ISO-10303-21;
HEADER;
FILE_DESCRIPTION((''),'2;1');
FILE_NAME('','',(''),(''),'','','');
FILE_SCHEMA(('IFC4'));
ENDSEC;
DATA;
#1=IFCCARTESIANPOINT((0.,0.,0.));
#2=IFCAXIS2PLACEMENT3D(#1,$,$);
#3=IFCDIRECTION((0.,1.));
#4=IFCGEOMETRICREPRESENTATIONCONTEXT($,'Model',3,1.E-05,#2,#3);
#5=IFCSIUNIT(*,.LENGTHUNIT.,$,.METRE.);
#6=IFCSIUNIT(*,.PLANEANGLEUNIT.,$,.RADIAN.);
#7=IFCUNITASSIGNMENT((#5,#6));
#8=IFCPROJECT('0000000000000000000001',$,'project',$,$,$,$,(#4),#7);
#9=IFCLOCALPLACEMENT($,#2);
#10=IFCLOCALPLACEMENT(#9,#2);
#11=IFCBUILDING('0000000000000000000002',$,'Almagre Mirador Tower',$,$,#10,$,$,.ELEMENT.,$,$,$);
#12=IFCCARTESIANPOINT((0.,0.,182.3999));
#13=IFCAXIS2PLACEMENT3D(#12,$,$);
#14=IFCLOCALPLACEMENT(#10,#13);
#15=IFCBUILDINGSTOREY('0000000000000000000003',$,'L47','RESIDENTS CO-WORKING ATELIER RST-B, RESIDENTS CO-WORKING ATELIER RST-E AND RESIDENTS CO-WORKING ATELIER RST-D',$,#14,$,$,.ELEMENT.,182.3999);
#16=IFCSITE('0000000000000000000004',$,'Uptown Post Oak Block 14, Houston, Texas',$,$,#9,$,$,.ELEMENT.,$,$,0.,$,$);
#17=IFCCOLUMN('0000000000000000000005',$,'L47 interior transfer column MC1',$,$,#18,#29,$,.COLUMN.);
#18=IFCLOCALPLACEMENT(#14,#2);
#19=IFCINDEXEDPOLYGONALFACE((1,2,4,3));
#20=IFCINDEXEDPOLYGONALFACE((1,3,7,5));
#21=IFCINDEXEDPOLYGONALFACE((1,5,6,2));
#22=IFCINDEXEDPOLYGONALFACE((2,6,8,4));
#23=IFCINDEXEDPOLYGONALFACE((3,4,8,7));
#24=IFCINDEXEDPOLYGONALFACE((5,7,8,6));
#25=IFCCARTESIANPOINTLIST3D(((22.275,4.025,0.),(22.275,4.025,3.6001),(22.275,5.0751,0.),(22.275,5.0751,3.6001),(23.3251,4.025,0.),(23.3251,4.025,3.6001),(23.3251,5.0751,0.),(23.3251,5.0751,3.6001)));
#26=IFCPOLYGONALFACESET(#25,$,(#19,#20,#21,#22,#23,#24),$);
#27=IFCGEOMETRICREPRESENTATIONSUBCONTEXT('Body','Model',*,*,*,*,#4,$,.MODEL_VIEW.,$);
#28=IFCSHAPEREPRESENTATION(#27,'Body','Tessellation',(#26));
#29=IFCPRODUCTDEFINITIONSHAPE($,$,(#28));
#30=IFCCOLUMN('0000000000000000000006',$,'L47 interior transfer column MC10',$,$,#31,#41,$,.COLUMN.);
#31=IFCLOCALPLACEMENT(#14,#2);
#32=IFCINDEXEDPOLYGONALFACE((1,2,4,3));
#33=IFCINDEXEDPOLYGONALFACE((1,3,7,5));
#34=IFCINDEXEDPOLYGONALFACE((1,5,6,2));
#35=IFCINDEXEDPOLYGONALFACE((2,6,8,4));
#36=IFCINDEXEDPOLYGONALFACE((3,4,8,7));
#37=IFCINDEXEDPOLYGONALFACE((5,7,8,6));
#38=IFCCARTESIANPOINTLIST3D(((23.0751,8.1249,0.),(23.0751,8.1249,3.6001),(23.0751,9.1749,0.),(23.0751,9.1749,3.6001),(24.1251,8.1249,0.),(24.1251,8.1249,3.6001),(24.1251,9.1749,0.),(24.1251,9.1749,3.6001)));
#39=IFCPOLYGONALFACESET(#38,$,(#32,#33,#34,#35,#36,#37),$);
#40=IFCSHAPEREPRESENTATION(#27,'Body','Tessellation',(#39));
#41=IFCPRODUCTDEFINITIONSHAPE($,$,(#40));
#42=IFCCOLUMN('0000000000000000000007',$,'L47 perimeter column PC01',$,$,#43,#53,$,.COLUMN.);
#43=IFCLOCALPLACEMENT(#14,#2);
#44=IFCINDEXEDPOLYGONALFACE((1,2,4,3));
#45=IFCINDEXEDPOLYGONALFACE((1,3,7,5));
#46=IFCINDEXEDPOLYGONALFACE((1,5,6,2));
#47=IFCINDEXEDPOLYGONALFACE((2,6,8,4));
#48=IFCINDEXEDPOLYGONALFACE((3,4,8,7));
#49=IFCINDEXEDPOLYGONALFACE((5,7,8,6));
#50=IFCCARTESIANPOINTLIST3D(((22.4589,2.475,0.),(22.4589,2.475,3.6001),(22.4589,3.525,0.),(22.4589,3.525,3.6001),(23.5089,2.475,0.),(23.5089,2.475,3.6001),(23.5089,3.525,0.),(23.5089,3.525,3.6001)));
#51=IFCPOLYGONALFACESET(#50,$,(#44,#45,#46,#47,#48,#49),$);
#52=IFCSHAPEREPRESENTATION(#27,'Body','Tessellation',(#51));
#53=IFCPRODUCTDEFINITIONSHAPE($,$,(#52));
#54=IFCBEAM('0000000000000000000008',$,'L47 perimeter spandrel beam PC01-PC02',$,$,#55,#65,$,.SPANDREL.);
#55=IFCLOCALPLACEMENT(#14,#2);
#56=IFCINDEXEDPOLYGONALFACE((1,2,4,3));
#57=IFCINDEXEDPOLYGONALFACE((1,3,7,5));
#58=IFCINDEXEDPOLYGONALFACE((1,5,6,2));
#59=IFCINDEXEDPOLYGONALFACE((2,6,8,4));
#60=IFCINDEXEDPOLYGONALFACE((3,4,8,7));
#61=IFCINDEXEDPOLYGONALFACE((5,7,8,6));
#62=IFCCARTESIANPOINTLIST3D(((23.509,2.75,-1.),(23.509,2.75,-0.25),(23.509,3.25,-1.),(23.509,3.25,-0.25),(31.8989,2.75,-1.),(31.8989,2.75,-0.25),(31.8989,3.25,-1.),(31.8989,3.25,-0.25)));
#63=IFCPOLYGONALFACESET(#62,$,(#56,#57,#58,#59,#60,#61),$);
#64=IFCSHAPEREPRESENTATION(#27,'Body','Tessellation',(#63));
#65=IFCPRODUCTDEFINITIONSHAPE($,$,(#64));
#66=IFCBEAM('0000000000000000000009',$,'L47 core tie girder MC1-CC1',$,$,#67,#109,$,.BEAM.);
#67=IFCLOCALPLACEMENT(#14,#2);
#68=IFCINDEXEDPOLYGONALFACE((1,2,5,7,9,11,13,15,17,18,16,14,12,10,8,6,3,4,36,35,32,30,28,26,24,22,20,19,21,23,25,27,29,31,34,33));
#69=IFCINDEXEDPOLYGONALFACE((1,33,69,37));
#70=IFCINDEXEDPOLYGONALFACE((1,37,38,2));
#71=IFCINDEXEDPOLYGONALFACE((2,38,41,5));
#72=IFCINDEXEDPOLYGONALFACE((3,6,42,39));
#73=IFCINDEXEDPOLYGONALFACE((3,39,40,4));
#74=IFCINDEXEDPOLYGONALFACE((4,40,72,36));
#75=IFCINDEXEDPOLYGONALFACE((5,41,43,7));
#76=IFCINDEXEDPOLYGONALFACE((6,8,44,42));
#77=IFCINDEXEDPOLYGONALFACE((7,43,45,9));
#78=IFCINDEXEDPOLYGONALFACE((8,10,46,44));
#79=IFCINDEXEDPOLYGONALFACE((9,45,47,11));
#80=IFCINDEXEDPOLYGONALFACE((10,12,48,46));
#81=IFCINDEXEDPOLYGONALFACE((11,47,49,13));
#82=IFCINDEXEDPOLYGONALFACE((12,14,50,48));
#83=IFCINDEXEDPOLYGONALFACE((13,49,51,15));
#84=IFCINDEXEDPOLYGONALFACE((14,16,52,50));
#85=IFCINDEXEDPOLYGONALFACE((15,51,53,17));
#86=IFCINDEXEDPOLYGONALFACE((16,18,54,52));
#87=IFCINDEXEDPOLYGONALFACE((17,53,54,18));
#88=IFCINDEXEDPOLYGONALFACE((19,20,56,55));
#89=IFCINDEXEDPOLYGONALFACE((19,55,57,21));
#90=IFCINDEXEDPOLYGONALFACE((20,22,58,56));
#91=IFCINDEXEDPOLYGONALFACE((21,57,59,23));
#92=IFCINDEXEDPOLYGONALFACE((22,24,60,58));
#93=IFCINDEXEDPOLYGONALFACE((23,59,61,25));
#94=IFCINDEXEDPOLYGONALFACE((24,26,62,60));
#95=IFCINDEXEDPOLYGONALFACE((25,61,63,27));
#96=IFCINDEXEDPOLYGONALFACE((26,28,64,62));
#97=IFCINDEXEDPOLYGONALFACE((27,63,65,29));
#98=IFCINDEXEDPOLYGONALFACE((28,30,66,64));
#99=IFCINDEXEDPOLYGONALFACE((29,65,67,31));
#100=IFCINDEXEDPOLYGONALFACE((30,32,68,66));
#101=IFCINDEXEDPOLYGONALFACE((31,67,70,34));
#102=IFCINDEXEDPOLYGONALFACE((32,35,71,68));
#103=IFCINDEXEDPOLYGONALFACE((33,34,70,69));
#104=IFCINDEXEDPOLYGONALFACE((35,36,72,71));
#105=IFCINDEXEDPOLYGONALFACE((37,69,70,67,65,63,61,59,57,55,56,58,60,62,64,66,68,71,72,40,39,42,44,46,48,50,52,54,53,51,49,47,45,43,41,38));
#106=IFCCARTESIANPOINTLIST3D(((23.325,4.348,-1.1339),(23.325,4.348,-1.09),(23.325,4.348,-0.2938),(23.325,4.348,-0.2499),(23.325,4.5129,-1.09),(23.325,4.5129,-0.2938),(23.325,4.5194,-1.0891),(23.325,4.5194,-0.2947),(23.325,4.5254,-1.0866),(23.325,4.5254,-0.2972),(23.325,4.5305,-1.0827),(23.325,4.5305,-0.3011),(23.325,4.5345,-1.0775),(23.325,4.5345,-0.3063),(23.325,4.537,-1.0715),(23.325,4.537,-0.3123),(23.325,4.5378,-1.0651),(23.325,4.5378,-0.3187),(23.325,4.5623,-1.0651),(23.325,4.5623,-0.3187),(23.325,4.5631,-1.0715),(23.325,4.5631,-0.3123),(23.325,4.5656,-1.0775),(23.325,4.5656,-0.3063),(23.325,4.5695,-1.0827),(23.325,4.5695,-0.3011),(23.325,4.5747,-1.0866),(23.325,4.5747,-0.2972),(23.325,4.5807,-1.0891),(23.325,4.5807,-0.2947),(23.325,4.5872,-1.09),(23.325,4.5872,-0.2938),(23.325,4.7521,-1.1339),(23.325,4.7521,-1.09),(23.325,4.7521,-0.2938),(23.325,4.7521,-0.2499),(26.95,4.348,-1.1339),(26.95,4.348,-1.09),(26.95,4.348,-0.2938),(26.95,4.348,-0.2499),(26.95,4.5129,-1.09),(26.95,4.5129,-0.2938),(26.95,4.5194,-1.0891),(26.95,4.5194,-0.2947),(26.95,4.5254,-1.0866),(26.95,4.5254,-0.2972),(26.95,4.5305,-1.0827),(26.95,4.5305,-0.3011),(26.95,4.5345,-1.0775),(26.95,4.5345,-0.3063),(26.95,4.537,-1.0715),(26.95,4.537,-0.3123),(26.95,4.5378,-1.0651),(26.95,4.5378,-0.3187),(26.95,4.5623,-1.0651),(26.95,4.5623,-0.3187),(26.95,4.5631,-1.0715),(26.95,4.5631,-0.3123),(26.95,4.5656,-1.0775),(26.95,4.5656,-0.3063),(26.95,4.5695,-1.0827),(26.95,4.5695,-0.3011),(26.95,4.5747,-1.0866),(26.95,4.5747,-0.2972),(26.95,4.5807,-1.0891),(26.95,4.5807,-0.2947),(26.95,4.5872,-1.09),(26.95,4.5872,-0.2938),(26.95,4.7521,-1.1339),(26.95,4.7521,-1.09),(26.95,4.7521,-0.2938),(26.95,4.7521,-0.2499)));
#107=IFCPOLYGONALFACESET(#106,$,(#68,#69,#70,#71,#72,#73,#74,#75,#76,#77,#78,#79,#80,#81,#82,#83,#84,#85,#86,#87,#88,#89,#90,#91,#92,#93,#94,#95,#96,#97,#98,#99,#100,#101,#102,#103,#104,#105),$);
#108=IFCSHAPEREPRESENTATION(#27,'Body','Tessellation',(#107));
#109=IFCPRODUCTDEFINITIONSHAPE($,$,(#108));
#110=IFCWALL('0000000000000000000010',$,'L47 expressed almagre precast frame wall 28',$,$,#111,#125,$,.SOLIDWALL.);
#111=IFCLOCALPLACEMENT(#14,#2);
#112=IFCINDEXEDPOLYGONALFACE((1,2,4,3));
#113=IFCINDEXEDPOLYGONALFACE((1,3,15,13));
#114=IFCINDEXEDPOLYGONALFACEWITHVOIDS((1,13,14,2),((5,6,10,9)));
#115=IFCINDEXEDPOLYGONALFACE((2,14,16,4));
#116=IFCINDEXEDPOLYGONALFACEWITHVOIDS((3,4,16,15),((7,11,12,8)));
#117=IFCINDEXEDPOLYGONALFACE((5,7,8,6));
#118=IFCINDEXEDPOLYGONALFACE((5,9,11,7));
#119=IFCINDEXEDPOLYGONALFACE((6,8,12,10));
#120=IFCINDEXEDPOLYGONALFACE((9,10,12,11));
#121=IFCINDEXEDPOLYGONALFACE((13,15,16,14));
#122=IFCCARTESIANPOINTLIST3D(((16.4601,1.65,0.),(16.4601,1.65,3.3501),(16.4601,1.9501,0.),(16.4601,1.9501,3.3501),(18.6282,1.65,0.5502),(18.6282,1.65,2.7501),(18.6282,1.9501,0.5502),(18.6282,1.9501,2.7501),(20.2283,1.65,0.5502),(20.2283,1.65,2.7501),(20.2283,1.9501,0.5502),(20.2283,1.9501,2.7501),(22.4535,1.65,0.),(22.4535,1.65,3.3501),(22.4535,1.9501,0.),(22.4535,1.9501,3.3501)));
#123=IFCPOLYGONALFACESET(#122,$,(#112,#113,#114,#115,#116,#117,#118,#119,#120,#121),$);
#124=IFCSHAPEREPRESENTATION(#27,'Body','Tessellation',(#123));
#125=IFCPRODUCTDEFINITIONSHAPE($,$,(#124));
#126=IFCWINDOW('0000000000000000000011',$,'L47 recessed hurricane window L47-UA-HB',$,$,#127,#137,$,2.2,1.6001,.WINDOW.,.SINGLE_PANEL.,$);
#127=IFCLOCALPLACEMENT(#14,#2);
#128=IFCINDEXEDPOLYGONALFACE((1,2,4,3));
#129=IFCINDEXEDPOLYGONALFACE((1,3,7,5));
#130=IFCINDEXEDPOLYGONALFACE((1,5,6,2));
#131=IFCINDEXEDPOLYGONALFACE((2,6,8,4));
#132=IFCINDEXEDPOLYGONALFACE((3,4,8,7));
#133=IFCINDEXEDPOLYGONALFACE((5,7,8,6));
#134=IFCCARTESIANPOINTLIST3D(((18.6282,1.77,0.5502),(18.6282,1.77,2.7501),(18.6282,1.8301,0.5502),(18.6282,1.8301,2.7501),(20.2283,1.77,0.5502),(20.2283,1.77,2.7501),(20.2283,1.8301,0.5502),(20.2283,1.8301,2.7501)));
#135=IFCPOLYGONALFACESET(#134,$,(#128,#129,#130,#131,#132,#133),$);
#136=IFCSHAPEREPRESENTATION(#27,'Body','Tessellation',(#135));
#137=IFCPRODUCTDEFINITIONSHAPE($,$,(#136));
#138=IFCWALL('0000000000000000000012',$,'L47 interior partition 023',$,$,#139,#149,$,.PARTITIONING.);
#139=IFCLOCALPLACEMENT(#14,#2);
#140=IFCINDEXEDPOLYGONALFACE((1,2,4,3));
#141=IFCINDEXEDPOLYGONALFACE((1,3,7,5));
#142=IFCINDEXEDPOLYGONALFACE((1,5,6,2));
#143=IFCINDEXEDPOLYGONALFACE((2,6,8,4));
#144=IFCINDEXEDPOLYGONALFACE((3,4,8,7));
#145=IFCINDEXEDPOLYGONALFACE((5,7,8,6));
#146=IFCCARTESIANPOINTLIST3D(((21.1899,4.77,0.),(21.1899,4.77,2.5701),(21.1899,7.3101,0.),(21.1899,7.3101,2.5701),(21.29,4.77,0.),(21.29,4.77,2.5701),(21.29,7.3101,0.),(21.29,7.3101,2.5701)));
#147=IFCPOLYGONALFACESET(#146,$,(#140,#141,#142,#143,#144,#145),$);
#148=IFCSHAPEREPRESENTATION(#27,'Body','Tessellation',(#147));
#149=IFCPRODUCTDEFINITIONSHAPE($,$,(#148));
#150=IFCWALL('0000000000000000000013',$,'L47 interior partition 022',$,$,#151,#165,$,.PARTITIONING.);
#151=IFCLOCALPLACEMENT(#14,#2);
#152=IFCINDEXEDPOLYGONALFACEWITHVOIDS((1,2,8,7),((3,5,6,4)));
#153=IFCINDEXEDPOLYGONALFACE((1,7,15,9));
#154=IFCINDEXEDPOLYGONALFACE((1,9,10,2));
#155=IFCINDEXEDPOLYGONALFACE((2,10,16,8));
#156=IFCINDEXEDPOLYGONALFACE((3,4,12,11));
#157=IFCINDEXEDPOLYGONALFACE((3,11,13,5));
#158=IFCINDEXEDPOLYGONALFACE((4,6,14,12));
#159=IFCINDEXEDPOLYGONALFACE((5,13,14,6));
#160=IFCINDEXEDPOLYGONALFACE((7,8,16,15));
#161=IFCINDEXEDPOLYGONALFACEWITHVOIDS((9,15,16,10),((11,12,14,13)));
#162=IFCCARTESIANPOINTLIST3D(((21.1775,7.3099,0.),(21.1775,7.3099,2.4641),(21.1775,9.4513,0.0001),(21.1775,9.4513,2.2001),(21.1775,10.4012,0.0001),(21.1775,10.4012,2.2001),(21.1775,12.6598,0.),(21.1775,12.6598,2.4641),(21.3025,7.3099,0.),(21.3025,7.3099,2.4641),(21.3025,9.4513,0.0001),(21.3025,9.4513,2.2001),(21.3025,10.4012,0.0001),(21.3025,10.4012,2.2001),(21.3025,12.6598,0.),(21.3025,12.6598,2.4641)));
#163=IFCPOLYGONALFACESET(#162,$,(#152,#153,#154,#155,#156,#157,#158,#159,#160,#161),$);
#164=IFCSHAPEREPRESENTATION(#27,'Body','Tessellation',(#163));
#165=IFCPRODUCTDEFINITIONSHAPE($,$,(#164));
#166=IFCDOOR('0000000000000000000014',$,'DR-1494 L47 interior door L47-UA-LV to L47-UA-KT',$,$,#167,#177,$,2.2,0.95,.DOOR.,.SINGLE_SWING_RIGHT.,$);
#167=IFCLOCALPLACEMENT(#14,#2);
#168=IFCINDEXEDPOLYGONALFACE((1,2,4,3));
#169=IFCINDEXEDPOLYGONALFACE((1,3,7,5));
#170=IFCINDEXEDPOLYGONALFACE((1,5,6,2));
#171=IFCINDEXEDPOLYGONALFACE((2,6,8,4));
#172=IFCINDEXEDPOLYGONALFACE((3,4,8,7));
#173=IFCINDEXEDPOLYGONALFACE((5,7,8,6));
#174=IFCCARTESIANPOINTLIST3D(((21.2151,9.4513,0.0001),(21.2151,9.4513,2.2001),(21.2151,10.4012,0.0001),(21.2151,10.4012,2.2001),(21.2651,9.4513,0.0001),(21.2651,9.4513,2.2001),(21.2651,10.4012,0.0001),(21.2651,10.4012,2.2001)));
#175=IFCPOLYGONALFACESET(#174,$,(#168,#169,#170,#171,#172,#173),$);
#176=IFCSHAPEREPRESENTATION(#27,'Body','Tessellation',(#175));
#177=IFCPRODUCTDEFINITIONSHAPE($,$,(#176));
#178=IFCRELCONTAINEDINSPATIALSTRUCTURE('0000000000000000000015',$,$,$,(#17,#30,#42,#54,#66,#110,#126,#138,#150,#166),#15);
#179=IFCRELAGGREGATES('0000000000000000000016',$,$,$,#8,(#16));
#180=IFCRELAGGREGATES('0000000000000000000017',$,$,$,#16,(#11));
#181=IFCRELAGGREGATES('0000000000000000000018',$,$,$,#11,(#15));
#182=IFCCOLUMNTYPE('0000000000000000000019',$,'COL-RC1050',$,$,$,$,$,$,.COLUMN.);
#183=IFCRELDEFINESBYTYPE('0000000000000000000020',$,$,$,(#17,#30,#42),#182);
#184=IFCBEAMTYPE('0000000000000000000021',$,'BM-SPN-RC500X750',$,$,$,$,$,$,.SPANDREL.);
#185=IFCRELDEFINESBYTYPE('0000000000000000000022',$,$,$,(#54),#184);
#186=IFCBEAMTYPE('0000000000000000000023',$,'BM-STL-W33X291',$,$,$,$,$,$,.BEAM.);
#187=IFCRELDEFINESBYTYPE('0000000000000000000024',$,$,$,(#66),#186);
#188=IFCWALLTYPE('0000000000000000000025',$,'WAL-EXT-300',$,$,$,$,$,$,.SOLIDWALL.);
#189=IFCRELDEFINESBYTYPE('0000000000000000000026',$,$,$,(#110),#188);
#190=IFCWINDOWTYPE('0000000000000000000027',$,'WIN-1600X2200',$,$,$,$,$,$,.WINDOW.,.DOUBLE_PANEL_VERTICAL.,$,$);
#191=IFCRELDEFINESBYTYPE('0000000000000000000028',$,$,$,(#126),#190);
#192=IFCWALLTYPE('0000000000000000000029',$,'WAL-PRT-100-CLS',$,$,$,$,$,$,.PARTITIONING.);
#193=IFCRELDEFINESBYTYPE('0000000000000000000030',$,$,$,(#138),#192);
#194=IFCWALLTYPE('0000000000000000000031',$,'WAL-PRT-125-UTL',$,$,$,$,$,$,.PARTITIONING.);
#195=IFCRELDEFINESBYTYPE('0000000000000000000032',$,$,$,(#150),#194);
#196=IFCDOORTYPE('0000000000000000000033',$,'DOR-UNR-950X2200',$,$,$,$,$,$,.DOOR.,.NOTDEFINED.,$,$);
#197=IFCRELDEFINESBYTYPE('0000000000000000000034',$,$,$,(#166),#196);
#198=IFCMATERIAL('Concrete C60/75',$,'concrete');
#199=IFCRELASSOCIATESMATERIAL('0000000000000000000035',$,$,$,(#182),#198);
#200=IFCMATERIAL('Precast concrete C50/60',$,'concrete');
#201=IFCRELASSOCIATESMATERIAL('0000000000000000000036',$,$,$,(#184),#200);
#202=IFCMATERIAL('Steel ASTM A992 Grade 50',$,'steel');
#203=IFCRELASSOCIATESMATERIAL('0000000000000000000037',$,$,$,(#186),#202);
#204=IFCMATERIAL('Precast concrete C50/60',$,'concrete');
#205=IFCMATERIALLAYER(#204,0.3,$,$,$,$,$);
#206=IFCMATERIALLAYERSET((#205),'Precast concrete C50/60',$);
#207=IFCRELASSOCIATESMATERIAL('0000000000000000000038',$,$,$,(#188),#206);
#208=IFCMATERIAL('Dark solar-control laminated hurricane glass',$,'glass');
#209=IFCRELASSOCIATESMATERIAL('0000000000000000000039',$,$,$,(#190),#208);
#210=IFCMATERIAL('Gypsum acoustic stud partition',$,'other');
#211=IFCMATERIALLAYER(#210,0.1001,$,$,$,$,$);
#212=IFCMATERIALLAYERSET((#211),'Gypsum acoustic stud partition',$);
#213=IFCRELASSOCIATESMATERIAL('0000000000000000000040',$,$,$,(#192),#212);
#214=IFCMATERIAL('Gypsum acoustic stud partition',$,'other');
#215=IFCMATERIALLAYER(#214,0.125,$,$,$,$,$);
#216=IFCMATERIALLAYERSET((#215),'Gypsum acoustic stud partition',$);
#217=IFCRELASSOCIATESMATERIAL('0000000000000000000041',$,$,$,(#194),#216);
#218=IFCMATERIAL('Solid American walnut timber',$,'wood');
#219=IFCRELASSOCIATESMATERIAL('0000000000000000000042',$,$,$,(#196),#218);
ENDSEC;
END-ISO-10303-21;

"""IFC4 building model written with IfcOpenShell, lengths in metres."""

from ifc_helpers import new_model, si_unit, direction, frame, frame_2d, origin, origin_2d, place, context, subcontext, project, spatial, rectangle, i_section, extrude, material, layer, layer_set, material_profile, profile_set, type_object, element, fill, save


model = new_model("IFC4")

# Units and contexts
model_context = context("Model", 3, precision=1e-05, world=origin(), true_north=direction((0.0, 1.0)))
body_context = subcontext(model_context, "Body", "Model", "MODEL_VIEW")
ifc_project = project(units=[si_unit("LENGTHUNIT", "METRE"), si_unit("PLANEANGLEUNIT", "RADIAN")], contexts=[model_context])

# Site, building, storey
site_placement = place(None, origin())
site = spatial("IfcSite", under=ifc_project, at=site_placement, Name="Uptown Post Oak Block 14, Houston, Texas", CompositionType="ELEMENT", RefElevation=0.0)
building_placement = place(site_placement, origin())
building = spatial("IfcBuilding", under=site, at=building_placement, Name="Almagre Mirador Tower", CompositionType="ELEMENT")
storey_placement = place(building_placement, frame((0.0, 0.0, 182.3999)))
storey = spatial("IfcBuildingStorey", under=building, at=storey_placement, Name="L47", Description="RESIDENTS CO-WORKING ATELIER RST-B, RESIDENTS CO-WORKING ATELIER RST-E AND RESIDENTS CO-WORKING ATELIER RST-D", CompositionType="ELEMENT", Elevation=182.3999)

# Columns
ifc_material_1 = material(Name="Concrete C60/75", Category="concrete")
ifc_material_profile_1 = material_profile(ifc_material_1, rectangle(XDim=1.05, YDim=1.05, at=origin_2d()), Name="RC1050X1050")
ifc_profile_set_1 = profile_set([ifc_material_profile_1], Name="Concrete C60/75")
column_type = type_object("IfcColumnType", Name="COL-RC1050", PredefinedType="COLUMN", material=ifc_profile_set_1)
for number, where, z_axis, x_axis, name in (
    (1, (22.8, 4.55, 0.0), (0.0, 0.0, 1.0), (1.0, 0.0, 0.0), "L47 interior transfer column MC1"),
    (2, (23.6001, 8.6499, 0.0), (0.0, 0.0, 1.0), (1.0, 0.0, 0.0), "L47 interior transfer column MC10"),
    (3, (22.9839, 3.0, 0.0), (0.0, 0.0, 1.0), (1.0, 0.0, 0.0), "L47 perimeter column PC01"),
):
    element("IfcColumn", number, at=place(storey_placement, frame(where, z_axis=z_axis, x_axis=x_axis)), inside=storey, type_object=column_type, Name=name, PredefinedType="COLUMN", context=body_context, shape_type="SweptSolid", body=[
        extrude(rectangle(XDim=1.05, YDim=1.05, at=origin_2d()), origin(), (0.0, 0.0, 1.0), 3.6001),
    ])

# Beams
ifc_material_2 = material(Name="Precast concrete C50/60", Category="concrete")
ifc_material_profile_2 = material_profile(ifc_material_2, rectangle(XDim=0.5, YDim=0.75, at=origin_2d()), Name="RC500X750")
ifc_profile_set_2 = profile_set([ifc_material_profile_2], Name="Precast concrete C50/60")
beam_type_1 = type_object("IfcBeamType", Name="BM-SPN-RC500X750", PredefinedType="SPANDREL", material=ifc_profile_set_2)
beam_1_placement = place(storey_placement, frame((23.509, 3.0, -0.625), z_axis=(1.0, 0.0, 0.0), x_axis=(0.0, 1.0, 0.0)))
element("IfcBeam", 4, at=beam_1_placement, inside=storey, type_object=beam_type_1, Name="L47 perimeter spandrel beam PC01-PC02", PredefinedType="SPANDREL", context=body_context, shape_type="SweptSolid", body=[
    extrude(rectangle(XDim=0.5, YDim=0.75, at=origin_2d()), origin(), (0.0, 0.0, 1.0), 8.3899),
])
ifc_material_3 = material(Name="Steel ASTM A992 Grade 50", Category="steel")
ifc_material_profile_3 = material_profile(ifc_material_3, i_section(OverallWidth=0.4041, OverallDepth=0.884, WebThickness=0.0244, FlangeThickness=0.0439, FilletRadius=0.0249, at=origin_2d()), Name="W33X291")
ifc_profile_set_3 = profile_set([ifc_material_profile_3], Name="Steel ASTM A992 Grade 50")
beam_type_2 = type_object("IfcBeamType", Name="BM-STL-W33X291", PredefinedType="BEAM", material=ifc_profile_set_3)
beam_2_placement = place(storey_placement, frame((23.325, 4.55, -0.6919), z_axis=(1.0, 0.0, 0.0), x_axis=(0.0, 1.0, 0.0)))
element("IfcBeam", 5, at=beam_2_placement, inside=storey, type_object=beam_type_2, Name="L47 core tie girder MC1-CC1", PredefinedType="BEAM", context=body_context, shape_type="SweptSolid", body=[
    extrude(i_section(OverallWidth=0.4041, OverallDepth=0.884, WebThickness=0.0244, FlangeThickness=0.0439, FilletRadius=0.0249, at=origin_2d()), origin(), (0.0, 0.0, 1.0), 3.625),
])

# Wall, opening, window
ifc_material_4 = material(Name="Precast concrete C50/60", Category="concrete")
ifc_layer_1 = layer(ifc_material_4, 0.3)
ifc_layer_set_1 = layer_set([ifc_layer_1], Name="Precast concrete C50/60")
wall_type_1 = type_object("IfcWallType", Name="WAL-EXT-300", PredefinedType="SOLIDWALL", material=ifc_layer_set_1)
wall_1_placement = place(storey_placement, frame((22.4534, 1.8, 0.0), z_axis=(0.0, 0.0, 1.0), x_axis=(-1.0, 0.0, 0.0)))
wall_1 = element("IfcWall", 6, at=wall_1_placement, inside=storey, type_object=wall_type_1, Name="L47 expressed almagre precast frame wall 28", PredefinedType="SOLIDWALL", context=body_context, shape_type="SweptSolid", body=[
    extrude(rectangle(XDim=5.9934, YDim=0.3, at=frame_2d((2.9966, 0.0))), origin(), (0.0, 0.0, 1.0), 3.3501),
])
opening_1_placement = place(wall_1_placement, frame((2.2251, 0.0, 0.55)))
opening_1 = element("IfcOpeningElement", 7, at=opening_1_placement, cuts=wall_1, PredefinedType="OPENING", context=body_context, shape_type="SweptSolid", body=[
    extrude(rectangle(XDim=1.6001, YDim=2.2, at=frame_2d((0.8, 1.1001))), frame((0.0, 0.1599, 0.0), z_axis=(0.0, -1.0, 0.0), x_axis=(1.0, 0.0, 0.0)), (0.0, 0.0, 1.0), 0.32),
])
ifc_material_5 = material(Name="Dark solar-control laminated hurricane glass", Category="glass")
window_type = type_object("IfcWindowType", Name="WIN-1600X2200", PartitioningType="DOUBLE_PANEL_VERTICAL", PredefinedType="WINDOW", material=ifc_material_5)
window_placement = place(opening_1_placement, origin())
window = element("IfcWindow", 8, at=window_placement, inside=storey, type_object=window_type, Name="L47 recessed hurricane window L47-UA-HB", OverallHeight=2.2, OverallWidth=1.6001, PartitioningType="SINGLE_PANEL", PredefinedType="WINDOW", context=body_context, shape_type="SweptSolid", body=[
    extrude(rectangle(XDim=1.6001, YDim=2.2, at=frame_2d((0.8, 1.1001))), frame((0.0, 0.03, 0.0), z_axis=(0.0, -1.0, 0.0), x_axis=(1.0, 0.0, 0.0)), (0.0, 0.0, 1.0), 0.0601),
])
fill(opening_1, window)

# Wall
ifc_material_6 = material(Name="Gypsum acoustic stud partition", Category="other")
ifc_layer_2 = layer(ifc_material_6, 0.1001)
ifc_layer_set_2 = layer_set([ifc_layer_2], Name="Gypsum acoustic stud partition")
wall_type_2 = type_object("IfcWallType", Name="WAL-PRT-100-CLS", PredefinedType="PARTITIONING", material=ifc_layer_set_2)
wall_2_placement = place(storey_placement, frame((21.24, 4.77, 0.0), z_axis=(0.0, 0.0, 1.0), x_axis=(0.0, 1.0, 0.0)))
element("IfcWall", 9, at=wall_2_placement, inside=storey, type_object=wall_type_2, Name="L47 interior partition 023", PredefinedType="PARTITIONING", context=body_context, shape_type="SweptSolid", body=[
    extrude(rectangle(XDim=2.54, YDim=0.1001, at=frame_2d((1.27, 0.0))), origin(), (0.0, 0.0, 1.0), 2.5701),
])

# Wall, opening, door
ifc_material_7 = material(Name="Gypsum acoustic stud partition", Category="other")
ifc_layer_3 = layer(ifc_material_7, 0.125)
ifc_layer_set_3 = layer_set([ifc_layer_3], Name="Gypsum acoustic stud partition")
wall_type_3 = type_object("IfcWallType", Name="WAL-PRT-125-UTL", PredefinedType="PARTITIONING", material=ifc_layer_set_3)
wall_3_placement = place(storey_placement, frame((21.24, 7.3101, 0.0), z_axis=(0.0, 0.0, 1.0), x_axis=(0.0, 1.0, 0.0)))
wall_3 = element("IfcWall", 10, at=wall_3_placement, inside=storey, type_object=wall_type_3, Name="L47 interior partition 022", PredefinedType="PARTITIONING", context=body_context, shape_type="SweptSolid", body=[
    extrude(rectangle(XDim=5.3499, YDim=0.125, at=frame_2d((2.6748, 0.0))), origin(), (0.0, 0.0, 1.0), 2.4641),
])
opening_2_placement = place(wall_3_placement, frame((2.1411, 0.0, 0.0)))
opening_2 = element("IfcOpeningElement", 11, at=opening_2_placement, cuts=wall_3, PredefinedType="OPENING", context=body_context, shape_type="SweptSolid", body=[
    extrude(rectangle(XDim=0.95, YDim=2.2, at=frame_2d((0.4751, 1.1001))), frame((0.0, 0.0725, 0.0), z_axis=(0.0, -1.0, 0.0), x_axis=(1.0, 0.0, 0.0)), (0.0, 0.0, 1.0), 0.145),
])
ifc_material_8 = material(Name="Solid American walnut timber", Category="wood")
door_type_1 = type_object("IfcDoorType", Name="DOR-UNR-950X2200", OperationType="NOTDEFINED", PredefinedType="DOOR", material=ifc_material_8)
door_1_placement = place(opening_2_placement, origin())
door_1 = element("IfcDoor", 12, at=door_1_placement, inside=storey, type_object=door_type_1, Name="DR-1494 L47 interior door L47-UA-LV to L47-UA-KT", OperationType="SINGLE_SWING_RIGHT", OverallHeight=2.2, OverallWidth=0.95, PredefinedType="DOOR", context=body_context, shape_type="SweptSolid", body=[
    extrude(rectangle(XDim=0.95, YDim=2.2, at=frame_2d((0.4751, 1.1001))), frame((0.0, 0.0249, 0.0), z_axis=(0.0, -1.0, 0.0), x_axis=(1.0, 0.0, 0.0)), (0.0, 0.0, 1.0), 0.05),
])
fill(opening_2, door_1)

save(model, "model.ifc")
